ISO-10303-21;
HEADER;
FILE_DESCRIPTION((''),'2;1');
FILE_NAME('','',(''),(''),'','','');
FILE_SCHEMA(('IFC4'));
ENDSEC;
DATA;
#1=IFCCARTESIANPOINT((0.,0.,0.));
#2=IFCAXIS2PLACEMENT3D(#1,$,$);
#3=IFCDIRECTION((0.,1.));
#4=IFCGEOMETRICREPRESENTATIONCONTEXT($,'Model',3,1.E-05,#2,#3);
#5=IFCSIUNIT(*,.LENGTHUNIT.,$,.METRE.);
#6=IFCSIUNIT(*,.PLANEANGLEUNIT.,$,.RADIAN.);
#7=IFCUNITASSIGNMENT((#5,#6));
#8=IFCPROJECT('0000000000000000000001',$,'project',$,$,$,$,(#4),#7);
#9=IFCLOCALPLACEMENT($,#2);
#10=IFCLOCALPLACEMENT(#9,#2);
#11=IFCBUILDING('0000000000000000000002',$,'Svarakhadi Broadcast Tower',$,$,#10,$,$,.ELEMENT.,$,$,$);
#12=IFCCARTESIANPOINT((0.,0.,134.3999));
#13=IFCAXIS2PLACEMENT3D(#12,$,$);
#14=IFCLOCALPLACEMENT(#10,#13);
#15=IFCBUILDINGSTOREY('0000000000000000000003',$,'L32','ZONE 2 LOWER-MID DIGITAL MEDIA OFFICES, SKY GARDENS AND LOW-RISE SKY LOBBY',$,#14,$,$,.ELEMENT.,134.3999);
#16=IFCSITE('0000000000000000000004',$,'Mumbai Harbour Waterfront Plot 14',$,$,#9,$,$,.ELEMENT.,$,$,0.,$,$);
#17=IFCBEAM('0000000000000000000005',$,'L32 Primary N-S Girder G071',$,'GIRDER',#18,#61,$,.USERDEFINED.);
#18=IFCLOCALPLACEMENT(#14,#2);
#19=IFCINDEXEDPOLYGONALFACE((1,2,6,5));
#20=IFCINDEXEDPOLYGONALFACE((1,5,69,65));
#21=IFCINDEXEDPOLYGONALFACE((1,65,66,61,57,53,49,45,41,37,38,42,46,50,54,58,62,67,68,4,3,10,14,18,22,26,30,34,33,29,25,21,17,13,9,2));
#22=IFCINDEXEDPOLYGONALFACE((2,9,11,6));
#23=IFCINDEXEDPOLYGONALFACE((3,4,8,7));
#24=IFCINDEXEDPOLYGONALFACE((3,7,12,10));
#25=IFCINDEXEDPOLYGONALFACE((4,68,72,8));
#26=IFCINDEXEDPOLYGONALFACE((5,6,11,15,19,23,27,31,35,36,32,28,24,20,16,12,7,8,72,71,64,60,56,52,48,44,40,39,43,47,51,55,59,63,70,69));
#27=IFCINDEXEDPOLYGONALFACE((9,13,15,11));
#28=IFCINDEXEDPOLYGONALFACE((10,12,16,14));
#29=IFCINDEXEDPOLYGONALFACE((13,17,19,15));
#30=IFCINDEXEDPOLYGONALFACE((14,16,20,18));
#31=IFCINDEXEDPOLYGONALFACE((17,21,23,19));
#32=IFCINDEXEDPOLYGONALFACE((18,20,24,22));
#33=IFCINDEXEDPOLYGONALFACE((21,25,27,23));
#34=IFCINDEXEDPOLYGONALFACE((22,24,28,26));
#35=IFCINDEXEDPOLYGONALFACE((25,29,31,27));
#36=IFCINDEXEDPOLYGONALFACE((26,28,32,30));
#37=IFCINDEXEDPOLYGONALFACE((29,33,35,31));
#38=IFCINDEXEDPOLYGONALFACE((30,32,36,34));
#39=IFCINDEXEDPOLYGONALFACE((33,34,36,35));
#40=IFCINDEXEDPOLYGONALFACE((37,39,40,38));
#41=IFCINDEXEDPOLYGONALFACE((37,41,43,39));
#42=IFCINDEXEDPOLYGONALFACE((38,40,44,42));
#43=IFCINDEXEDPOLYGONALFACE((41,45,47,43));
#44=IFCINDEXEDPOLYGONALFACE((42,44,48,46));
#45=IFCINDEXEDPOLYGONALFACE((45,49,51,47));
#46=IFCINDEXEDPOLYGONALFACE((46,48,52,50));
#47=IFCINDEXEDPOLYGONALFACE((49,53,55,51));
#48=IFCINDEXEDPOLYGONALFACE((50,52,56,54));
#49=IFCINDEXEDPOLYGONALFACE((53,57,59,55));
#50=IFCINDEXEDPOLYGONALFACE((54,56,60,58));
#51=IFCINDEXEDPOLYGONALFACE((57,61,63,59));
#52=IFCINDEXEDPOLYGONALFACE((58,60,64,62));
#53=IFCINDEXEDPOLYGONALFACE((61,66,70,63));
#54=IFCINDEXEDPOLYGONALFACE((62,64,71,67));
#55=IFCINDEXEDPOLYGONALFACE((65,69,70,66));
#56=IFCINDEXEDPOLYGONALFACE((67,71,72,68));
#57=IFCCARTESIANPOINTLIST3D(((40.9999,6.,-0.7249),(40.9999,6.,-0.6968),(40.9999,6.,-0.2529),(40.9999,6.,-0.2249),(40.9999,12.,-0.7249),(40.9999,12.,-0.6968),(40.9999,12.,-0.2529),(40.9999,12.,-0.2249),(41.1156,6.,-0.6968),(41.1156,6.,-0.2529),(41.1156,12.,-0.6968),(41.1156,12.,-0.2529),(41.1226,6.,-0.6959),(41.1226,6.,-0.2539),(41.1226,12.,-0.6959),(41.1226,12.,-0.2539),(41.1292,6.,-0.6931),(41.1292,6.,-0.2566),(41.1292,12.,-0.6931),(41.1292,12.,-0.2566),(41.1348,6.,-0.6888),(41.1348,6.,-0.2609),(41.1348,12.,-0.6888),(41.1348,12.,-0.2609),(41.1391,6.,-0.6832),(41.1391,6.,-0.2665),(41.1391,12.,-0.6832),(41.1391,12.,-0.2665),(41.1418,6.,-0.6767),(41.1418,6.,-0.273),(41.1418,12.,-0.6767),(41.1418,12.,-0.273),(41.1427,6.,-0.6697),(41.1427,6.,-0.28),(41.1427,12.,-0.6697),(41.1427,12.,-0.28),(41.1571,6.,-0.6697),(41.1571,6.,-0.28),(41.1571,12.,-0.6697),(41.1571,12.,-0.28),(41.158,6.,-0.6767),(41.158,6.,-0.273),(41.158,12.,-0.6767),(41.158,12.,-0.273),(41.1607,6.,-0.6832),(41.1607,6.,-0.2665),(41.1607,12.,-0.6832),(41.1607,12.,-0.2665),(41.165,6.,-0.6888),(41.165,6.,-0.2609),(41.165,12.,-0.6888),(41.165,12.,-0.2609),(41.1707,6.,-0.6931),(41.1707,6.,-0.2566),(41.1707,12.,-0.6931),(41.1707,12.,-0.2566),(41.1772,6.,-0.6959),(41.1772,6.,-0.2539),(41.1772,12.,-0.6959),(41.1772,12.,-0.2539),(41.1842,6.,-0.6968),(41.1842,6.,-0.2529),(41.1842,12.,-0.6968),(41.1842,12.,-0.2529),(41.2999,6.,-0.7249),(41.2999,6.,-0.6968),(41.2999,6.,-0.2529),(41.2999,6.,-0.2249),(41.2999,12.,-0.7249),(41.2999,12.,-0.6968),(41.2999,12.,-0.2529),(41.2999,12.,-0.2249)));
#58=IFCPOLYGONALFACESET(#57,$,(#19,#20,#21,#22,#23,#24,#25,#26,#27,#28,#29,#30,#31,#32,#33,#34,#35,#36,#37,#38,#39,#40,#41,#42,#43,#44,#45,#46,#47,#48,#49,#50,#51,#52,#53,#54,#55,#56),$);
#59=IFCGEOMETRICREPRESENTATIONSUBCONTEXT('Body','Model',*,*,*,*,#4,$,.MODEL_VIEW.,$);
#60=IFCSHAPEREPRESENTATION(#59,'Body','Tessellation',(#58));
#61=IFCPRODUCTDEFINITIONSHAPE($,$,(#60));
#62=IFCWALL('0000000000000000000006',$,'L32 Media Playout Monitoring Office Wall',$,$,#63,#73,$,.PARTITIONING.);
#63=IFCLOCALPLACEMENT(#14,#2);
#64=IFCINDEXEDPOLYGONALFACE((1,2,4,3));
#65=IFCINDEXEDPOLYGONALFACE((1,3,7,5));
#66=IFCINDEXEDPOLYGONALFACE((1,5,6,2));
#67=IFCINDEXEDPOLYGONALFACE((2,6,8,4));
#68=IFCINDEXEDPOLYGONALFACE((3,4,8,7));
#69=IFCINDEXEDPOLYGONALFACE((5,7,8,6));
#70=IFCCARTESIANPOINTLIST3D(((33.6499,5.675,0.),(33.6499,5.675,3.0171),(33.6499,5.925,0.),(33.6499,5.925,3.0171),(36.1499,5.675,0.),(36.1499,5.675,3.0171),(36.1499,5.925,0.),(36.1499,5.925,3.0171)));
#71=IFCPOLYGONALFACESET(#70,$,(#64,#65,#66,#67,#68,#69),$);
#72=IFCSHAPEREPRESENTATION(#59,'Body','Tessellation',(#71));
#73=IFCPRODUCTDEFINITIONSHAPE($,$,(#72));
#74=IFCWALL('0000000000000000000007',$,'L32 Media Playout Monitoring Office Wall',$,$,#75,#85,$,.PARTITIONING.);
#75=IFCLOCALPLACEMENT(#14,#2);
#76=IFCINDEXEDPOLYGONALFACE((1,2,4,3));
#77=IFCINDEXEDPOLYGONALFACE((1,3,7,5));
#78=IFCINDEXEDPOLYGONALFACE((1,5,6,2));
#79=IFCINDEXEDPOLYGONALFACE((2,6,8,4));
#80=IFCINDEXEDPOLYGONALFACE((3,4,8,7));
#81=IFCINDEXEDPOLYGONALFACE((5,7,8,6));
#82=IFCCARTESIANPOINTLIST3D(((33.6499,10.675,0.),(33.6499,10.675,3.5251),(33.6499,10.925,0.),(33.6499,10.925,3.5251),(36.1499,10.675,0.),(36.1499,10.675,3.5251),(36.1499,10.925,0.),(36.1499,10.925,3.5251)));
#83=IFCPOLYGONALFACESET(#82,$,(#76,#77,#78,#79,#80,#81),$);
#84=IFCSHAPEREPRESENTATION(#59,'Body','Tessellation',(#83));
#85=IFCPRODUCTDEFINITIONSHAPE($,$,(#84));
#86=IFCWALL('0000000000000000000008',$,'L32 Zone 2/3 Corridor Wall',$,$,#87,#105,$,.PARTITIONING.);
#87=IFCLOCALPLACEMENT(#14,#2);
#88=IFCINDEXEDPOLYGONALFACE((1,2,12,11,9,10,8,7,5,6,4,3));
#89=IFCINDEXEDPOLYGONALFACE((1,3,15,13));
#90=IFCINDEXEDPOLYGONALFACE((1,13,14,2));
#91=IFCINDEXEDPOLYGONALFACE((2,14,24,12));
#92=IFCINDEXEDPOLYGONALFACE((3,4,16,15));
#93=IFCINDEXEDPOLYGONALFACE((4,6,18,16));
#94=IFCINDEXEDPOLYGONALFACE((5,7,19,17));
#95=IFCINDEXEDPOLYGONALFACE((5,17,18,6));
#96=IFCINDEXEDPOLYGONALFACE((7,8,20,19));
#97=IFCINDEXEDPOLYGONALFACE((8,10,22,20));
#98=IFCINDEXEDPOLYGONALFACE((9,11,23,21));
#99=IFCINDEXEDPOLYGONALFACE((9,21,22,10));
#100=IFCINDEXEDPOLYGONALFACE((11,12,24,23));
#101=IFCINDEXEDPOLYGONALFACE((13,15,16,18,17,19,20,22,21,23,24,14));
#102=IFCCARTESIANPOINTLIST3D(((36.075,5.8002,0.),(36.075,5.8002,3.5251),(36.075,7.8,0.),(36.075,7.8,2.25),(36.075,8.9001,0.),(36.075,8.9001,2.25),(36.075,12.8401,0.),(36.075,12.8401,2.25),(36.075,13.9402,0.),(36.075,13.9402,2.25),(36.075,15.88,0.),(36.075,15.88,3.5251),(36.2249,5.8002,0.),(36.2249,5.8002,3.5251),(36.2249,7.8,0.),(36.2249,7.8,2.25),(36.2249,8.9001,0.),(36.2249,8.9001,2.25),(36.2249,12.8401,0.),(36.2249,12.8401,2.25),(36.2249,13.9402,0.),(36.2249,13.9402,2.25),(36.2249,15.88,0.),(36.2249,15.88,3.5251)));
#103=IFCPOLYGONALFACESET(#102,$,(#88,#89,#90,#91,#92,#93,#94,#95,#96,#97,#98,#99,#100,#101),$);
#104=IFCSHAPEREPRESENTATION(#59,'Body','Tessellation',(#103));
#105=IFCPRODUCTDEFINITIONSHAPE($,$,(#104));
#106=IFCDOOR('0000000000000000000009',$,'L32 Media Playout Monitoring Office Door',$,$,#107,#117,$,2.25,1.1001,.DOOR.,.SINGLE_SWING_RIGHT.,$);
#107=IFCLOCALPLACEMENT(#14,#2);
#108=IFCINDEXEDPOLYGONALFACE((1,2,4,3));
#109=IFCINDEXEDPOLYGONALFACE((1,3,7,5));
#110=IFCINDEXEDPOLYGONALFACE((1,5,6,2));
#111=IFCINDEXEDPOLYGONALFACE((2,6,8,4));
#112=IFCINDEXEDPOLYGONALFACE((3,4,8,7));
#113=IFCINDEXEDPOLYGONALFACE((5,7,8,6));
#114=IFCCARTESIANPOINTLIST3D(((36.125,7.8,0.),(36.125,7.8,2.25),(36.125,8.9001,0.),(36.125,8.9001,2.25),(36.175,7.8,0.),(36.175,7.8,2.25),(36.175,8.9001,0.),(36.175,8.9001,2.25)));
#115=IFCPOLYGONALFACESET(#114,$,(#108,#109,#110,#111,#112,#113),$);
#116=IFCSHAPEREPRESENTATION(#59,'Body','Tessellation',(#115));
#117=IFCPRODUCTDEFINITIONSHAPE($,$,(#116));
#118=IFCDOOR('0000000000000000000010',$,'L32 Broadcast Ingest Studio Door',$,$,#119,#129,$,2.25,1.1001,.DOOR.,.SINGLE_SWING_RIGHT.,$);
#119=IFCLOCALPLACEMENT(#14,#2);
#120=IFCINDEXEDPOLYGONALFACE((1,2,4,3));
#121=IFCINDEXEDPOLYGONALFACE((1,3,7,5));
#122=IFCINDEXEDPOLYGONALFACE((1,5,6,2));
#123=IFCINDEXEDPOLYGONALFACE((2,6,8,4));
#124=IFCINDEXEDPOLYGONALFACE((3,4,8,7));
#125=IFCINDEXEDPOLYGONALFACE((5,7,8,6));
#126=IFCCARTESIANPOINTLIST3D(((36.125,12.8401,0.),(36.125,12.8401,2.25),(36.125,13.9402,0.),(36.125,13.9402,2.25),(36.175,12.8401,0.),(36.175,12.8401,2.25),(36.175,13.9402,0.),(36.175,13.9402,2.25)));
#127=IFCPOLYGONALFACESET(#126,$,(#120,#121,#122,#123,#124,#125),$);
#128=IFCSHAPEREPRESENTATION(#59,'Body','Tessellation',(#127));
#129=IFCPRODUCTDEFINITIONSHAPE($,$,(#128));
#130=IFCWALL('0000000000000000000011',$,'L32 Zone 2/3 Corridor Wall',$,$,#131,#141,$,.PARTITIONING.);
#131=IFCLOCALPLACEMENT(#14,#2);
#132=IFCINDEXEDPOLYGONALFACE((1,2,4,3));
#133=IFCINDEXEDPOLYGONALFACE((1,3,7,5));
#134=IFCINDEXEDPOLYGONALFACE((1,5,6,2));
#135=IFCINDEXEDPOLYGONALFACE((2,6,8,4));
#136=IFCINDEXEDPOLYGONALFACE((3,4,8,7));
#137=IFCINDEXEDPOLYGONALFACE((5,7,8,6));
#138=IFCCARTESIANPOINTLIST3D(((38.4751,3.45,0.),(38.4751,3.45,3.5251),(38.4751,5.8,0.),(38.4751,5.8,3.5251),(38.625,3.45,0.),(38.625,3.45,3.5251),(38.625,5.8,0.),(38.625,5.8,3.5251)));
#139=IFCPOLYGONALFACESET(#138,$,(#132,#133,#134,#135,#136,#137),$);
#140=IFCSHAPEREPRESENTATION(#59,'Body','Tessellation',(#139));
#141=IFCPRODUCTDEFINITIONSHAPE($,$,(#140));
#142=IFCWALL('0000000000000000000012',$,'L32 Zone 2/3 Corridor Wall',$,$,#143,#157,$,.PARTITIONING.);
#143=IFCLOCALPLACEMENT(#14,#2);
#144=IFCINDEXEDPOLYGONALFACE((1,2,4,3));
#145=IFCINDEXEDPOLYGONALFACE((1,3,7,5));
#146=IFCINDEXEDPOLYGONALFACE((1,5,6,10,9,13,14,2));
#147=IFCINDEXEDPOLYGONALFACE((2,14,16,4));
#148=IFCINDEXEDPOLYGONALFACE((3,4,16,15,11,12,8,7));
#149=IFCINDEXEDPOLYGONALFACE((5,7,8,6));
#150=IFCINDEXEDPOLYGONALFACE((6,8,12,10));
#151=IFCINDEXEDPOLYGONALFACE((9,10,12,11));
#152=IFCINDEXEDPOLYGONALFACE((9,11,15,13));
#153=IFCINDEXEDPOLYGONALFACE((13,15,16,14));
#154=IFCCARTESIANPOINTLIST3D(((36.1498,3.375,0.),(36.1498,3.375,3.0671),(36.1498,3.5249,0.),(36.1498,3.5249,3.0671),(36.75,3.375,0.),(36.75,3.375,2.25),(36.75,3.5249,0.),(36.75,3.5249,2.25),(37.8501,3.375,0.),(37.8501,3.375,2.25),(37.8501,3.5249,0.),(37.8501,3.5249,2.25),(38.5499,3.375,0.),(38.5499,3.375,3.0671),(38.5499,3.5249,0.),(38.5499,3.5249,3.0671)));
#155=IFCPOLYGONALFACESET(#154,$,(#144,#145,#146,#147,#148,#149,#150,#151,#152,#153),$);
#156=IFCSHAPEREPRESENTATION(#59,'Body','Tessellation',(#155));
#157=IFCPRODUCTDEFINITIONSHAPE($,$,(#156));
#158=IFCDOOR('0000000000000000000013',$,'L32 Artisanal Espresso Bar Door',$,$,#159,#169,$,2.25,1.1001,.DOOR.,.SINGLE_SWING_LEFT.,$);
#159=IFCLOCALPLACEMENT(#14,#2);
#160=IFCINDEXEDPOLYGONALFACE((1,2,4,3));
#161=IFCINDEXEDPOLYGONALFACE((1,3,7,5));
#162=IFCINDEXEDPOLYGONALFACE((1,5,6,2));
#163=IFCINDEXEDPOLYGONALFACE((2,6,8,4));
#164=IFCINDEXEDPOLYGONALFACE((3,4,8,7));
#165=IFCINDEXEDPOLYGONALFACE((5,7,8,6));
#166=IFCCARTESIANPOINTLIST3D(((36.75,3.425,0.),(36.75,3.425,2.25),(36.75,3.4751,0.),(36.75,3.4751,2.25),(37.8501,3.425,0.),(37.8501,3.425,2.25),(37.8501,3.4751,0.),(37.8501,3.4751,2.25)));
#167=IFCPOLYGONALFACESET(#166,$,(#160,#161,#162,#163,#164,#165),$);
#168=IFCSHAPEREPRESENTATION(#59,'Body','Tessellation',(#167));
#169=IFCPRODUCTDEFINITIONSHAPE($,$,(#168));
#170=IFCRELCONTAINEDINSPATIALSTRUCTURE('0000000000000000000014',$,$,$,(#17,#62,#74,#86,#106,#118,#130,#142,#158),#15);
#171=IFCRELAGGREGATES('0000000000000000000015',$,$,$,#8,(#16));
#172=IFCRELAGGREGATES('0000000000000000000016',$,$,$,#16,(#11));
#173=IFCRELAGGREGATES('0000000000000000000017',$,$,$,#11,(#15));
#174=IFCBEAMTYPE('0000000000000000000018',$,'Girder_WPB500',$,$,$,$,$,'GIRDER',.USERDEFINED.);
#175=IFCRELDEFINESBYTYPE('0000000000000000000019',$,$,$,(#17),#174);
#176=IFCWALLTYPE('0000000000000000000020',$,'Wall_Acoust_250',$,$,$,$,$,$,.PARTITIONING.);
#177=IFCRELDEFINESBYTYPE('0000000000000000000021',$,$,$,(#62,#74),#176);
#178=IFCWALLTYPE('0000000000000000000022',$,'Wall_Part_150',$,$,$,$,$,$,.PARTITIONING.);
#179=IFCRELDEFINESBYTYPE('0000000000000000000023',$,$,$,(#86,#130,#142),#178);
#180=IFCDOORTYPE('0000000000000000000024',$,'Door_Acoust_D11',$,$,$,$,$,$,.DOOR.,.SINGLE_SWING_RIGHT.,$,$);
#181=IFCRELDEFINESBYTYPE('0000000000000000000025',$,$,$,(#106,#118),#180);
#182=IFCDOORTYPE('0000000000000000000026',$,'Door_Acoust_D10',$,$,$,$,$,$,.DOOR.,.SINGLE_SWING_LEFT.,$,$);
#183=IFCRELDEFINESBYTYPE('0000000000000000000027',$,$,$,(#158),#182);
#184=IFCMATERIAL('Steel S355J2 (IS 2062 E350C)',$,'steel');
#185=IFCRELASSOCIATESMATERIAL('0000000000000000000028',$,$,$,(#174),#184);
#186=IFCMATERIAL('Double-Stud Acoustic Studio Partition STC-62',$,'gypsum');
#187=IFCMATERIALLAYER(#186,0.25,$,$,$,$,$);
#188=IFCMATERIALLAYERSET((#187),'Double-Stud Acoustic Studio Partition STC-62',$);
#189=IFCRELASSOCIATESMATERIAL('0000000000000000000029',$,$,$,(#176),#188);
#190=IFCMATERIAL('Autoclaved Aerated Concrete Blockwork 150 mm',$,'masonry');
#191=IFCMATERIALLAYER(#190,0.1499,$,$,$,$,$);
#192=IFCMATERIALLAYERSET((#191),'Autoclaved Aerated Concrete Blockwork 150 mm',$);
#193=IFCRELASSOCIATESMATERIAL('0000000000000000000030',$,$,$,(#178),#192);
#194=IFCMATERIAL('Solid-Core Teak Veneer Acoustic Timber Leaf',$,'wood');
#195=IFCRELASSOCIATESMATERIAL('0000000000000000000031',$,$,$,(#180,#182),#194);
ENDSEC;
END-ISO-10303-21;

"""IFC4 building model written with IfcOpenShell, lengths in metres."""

from ifc_helpers import new_model, si_unit, direction, frame, frame_2d, origin, origin_2d, place, context, subcontext, project, spatial, rectangle, i_section, extrude, material, layer, layer_set, material_profile, profile_set, type_object, element, fill, save


model = new_model("IFC4")

# Units and contexts
model_context = context("Model", 3, precision=1e-05, world=origin(), true_north=direction((0.0, 1.0)))
body_context = subcontext(model_context, "Body", "Model", "MODEL_VIEW")
ifc_project = project(units=[si_unit("LENGTHUNIT", "METRE"), si_unit("PLANEANGLEUNIT", "RADIAN")], contexts=[model_context])

# Site, building, storey
site_placement = place(None, origin())
site = spatial("IfcSite", under=ifc_project, at=site_placement, Name="Mumbai Harbour Waterfront Plot 14", CompositionType="ELEMENT", RefElevation=0.0)
building_placement = place(site_placement, origin())
building = spatial("IfcBuilding", under=site, at=building_placement, Name="Svarakhadi Broadcast Tower", CompositionType="ELEMENT")
storey_placement = place(building_placement, frame((0.0, 0.0, 134.3999)))
storey = spatial("IfcBuildingStorey", under=building, at=storey_placement, Name="L32", Description="ZONE 2 LOWER-MID DIGITAL MEDIA OFFICES, SKY GARDENS AND LOW-RISE SKY LOBBY", CompositionType="ELEMENT", Elevation=134.3999)

# Beam
ifc_material_1 = material(Name="Steel S355J2 (IS 2062 E350C)", Category="steel")
ifc_material_profile_1 = material_profile(ifc_material_1, i_section(OverallWidth=0.3, OverallDepth=0.5, WebThickness=0.0144, FlangeThickness=0.0281, FilletRadius=0.0271, at=origin_2d()), Name="WPB 500x300x187")
ifc_profile_set_1 = profile_set([ifc_material_profile_1], Name="Steel S355J2 (IS 2062 E350C)")
beam_type_1 = type_object("IfcBeamType", Name="Girder_WPB500", ElementType="GIRDER", PredefinedType="USERDEFINED", material=ifc_profile_set_1)
for number, where, z_axis, x_axis, name in (
    (1, (41.1499, 6.0, -0.4749), (0.0, 1.0, 0.0), (-1.0, 0.0, 0.0), "L32 Primary N-S Girder G071"),
):
    element("IfcBeam", number, at=place(storey_placement, frame(where, z_axis=z_axis, x_axis=x_axis)), inside=storey, type_object=beam_type_1, Name=name, ObjectType="GIRDER", PredefinedType="USERDEFINED", context=body_context, shape_type="SweptSolid", body=[
        extrude(i_section(OverallWidth=0.3, OverallDepth=0.5, WebThickness=0.0144, FlangeThickness=0.0281, FilletRadius=0.0271, at=origin_2d()), origin(), (0.0, 0.0, 1.0), 6.0),
    ])

# Walls
ifc_material_2 = material(Name="Double-Stud Acoustic Studio Partition STC-62", Category="gypsum")
ifc_layer_1 = layer(ifc_material_2, 0.25)
ifc_layer_set_1 = layer_set([ifc_layer_1], Name="Double-Stud Acoustic Studio Partition STC-62")
wall_type_1 = type_object("IfcWallType", Name="Wall_Acoust_250", PredefinedType="PARTITIONING", material=ifc_layer_set_1)
wall_1_placement = place(storey_placement, frame((33.6499, 5.8, 0.0), z_axis=(0.0, 0.0, 1.0), x_axis=(1.0, 0.0, 0.0)))
element("IfcWall", 2, at=wall_1_placement, inside=storey, type_object=wall_type_1, Name="L32 Media Playout Monitoring Office Wall", PredefinedType="PARTITIONING", context=body_context, shape_type="SweptSolid", body=[
    extrude(rectangle(XDim=2.5, YDim=0.25, at=frame_2d((1.25, 0.0))), origin(), (0.0, 0.0, 1.0), 3.0171),
])
wall_2_placement = place(storey_placement, frame((33.6499, 10.8, 0.0), z_axis=(0.0, 0.0, 1.0), x_axis=(1.0, 0.0, 0.0)))
element("IfcWall", 3, at=wall_2_placement, inside=storey, type_object=wall_type_1, Name="L32 Media Playout Monitoring Office Wall", PredefinedType="PARTITIONING", context=body_context, shape_type="SweptSolid", body=[
    extrude(rectangle(XDim=2.5, YDim=0.25, at=frame_2d((1.25, 0.0))), origin(), (0.0, 0.0, 1.0), 3.5251),
])

# Wall, openings, doors
ifc_material_3 = material(Name="Autoclaved Aerated Concrete Blockwork 150 mm", Category="masonry")
ifc_layer_2 = layer(ifc_material_3, 0.1499)
ifc_layer_set_2 = layer_set([ifc_layer_2], Name="Autoclaved Aerated Concrete Blockwork 150 mm")
wall_type_2 = type_object("IfcWallType", Name="Wall_Part_150", PredefinedType="PARTITIONING", material=ifc_layer_set_2)
wall_3_placement = place(storey_placement, frame((36.1499, 5.8, 0.0), z_axis=(0.0, 0.0, 1.0), x_axis=(0.0, 1.0, 0.0)))
wall_3 = element("IfcWall", 4, at=wall_3_placement, inside=storey, type_object=wall_type_2, Name="L32 Zone 2/3 Corridor Wall", PredefinedType="PARTITIONING", context=body_context, shape_type="SweptSolid", body=[
    extrude(rectangle(XDim=10.0798, YDim=0.1499, at=frame_2d((5.04, 0.0))), origin(), (0.0, 0.0, 1.0), 3.5251),
])
opening_1_placement = place(wall_3_placement, frame((2.0, 0.0, 0.0)))
opening_1 = element("IfcOpeningElement", 5, at=opening_1_placement, cuts=wall_3, PredefinedType="OPENING", context=body_context, shape_type="SweptSolid", body=[
    extrude(rectangle(XDim=1.1001, YDim=2.25, at=frame_2d((0.55, 1.125))), frame((0.0, 0.085, 0.0), z_axis=(0.0, -1.0, 0.0), x_axis=(1.0, 0.0, 0.0)), (0.0, 0.0, 1.0), 0.1699),
])
opening_2_placement = place(wall_3_placement, frame((7.04, 0.0, 0.0)))
opening_2 = element("IfcOpeningElement", 6, at=opening_2_placement, cuts=wall_3, PredefinedType="OPENING", context=body_context, shape_type="SweptSolid", body=[
    extrude(rectangle(XDim=1.1001, YDim=2.25, at=frame_2d((0.55, 1.125))), frame((0.0, 0.085, 0.0), z_axis=(0.0, -1.0, 0.0), x_axis=(1.0, 0.0, 0.0)), (0.0, 0.0, 1.0), 0.1699),
])
ifc_material_4 = material(Name="Solid-Core Teak Veneer Acoustic Timber Leaf", Category="wood")
door_type_1 = type_object("IfcDoorType", Name="Door_Acoust_D11", OperationType="SINGLE_SWING_RIGHT", PredefinedType="DOOR", material=ifc_material_4)
door_1_placement = place(opening_1_placement, origin())
door_1 = element("IfcDoor", 7, at=door_1_placement, inside=storey, type_object=door_type_1, Name="L32 Media Playout Monitoring Office Door", OperationType="SINGLE_SWING_RIGHT", OverallHeight=2.25, OverallWidth=1.1001, PredefinedType="DOOR", context=body_context, shape_type="SweptSolid", body=[
    extrude(rectangle(XDim=1.1001, YDim=2.25, at=frame_2d((0.55, 1.125))), frame((0.0, 0.0249, 0.0), z_axis=(0.0, -1.0, 0.0), x_axis=(1.0, 0.0, 0.0)), (0.0, 0.0, 1.0), 0.05),
])
fill(opening_1, door_1)
door_2_placement = place(opening_2_placement, origin())
door_2 = element("IfcDoor", 8, at=door_2_placement, inside=storey, type_object=door_type_1, Name="L32 Broadcast Ingest Studio Door", OperationType="SINGLE_SWING_RIGHT", OverallHeight=2.25, OverallWidth=1.1001, PredefinedType="DOOR", context=body_context, shape_type="SweptSolid", body=[
    extrude(rectangle(XDim=1.1001, YDim=2.25, at=frame_2d((0.55, 1.125))), frame((0.0, 0.0249, 0.0), z_axis=(0.0, -1.0, 0.0), x_axis=(1.0, 0.0, 0.0)), (0.0, 0.0, 1.0), 0.05),
])
fill(opening_2, door_2)

# Wall
wall_4_placement = place(storey_placement, frame((38.55, 5.8, 0.0), z_axis=(0.0, 0.0, 1.0), x_axis=(0.0, -1.0, 0.0)))
element("IfcWall", 9, at=wall_4_placement, inside=storey, type_object=wall_type_2, Name="L32 Zone 2/3 Corridor Wall", PredefinedType="PARTITIONING", context=body_context, shape_type="SweptSolid", body=[
    extrude(rectangle(XDim=2.3501, YDim=0.1499, at=frame_2d((1.175, 0.0))), origin(), (0.0, 0.0, 1.0), 3.5251),
])

# Wall, opening, door
wall_5_placement = place(storey_placement, frame((38.55, 3.45, 0.0), z_axis=(0.0, 0.0, 1.0), x_axis=(-1.0, 0.0, 0.0)))
wall_5 = element("IfcWall", 10, at=wall_5_placement, inside=storey, type_object=wall_type_2, Name="L32 Zone 2/3 Corridor Wall", PredefinedType="PARTITIONING", context=body_context, shape_type="SweptSolid", body=[
    extrude(rectangle(XDim=2.4001, YDim=0.1499, at=frame_2d((1.2002, 0.0))), origin(), (0.0, 0.0, 1.0), 3.0671),
])
opening_3_placement = place(wall_5_placement, frame((0.7, 0.0, 0.0)))
opening_3 = element("IfcOpeningElement", 11, at=opening_3_placement, cuts=wall_5, PredefinedType="OPENING", context=body_context, shape_type="SweptSolid", body=[
    extrude(rectangle(XDim=1.1001, YDim=2.25, at=frame_2d((0.55, 1.125))), frame((0.0, 0.085, 0.0), z_axis=(0.0, -1.0, 0.0), x_axis=(1.0, 0.0, 0.0)), (0.0, 0.0, 1.0), 0.1699),
])
door_type_2 = type_object("IfcDoorType", Name="Door_Acoust_D10", OperationType="SINGLE_SWING_LEFT", PredefinedType="DOOR", material=ifc_material_4)
door_3_placement = place(opening_3_placement, origin())
door_3 = element("IfcDoor", 12, at=door_3_placement, inside=storey, type_object=door_type_2, Name="L32 Artisanal Espresso Bar Door", OperationType="SINGLE_SWING_LEFT", OverallHeight=2.25, OverallWidth=1.1001, PredefinedType="DOOR", context=body_context, shape_type="SweptSolid", body=[
    extrude(rectangle(XDim=1.1001, YDim=2.25, at=frame_2d((0.55, 1.125))), frame((0.0, 0.0249, 0.0), z_axis=(0.0, -1.0, 0.0), x_axis=(1.0, 0.0, 0.0)), (0.0, 0.0, 1.0), 0.05),
])
fill(opening_3, door_3)

save(model, "model.ifc")
